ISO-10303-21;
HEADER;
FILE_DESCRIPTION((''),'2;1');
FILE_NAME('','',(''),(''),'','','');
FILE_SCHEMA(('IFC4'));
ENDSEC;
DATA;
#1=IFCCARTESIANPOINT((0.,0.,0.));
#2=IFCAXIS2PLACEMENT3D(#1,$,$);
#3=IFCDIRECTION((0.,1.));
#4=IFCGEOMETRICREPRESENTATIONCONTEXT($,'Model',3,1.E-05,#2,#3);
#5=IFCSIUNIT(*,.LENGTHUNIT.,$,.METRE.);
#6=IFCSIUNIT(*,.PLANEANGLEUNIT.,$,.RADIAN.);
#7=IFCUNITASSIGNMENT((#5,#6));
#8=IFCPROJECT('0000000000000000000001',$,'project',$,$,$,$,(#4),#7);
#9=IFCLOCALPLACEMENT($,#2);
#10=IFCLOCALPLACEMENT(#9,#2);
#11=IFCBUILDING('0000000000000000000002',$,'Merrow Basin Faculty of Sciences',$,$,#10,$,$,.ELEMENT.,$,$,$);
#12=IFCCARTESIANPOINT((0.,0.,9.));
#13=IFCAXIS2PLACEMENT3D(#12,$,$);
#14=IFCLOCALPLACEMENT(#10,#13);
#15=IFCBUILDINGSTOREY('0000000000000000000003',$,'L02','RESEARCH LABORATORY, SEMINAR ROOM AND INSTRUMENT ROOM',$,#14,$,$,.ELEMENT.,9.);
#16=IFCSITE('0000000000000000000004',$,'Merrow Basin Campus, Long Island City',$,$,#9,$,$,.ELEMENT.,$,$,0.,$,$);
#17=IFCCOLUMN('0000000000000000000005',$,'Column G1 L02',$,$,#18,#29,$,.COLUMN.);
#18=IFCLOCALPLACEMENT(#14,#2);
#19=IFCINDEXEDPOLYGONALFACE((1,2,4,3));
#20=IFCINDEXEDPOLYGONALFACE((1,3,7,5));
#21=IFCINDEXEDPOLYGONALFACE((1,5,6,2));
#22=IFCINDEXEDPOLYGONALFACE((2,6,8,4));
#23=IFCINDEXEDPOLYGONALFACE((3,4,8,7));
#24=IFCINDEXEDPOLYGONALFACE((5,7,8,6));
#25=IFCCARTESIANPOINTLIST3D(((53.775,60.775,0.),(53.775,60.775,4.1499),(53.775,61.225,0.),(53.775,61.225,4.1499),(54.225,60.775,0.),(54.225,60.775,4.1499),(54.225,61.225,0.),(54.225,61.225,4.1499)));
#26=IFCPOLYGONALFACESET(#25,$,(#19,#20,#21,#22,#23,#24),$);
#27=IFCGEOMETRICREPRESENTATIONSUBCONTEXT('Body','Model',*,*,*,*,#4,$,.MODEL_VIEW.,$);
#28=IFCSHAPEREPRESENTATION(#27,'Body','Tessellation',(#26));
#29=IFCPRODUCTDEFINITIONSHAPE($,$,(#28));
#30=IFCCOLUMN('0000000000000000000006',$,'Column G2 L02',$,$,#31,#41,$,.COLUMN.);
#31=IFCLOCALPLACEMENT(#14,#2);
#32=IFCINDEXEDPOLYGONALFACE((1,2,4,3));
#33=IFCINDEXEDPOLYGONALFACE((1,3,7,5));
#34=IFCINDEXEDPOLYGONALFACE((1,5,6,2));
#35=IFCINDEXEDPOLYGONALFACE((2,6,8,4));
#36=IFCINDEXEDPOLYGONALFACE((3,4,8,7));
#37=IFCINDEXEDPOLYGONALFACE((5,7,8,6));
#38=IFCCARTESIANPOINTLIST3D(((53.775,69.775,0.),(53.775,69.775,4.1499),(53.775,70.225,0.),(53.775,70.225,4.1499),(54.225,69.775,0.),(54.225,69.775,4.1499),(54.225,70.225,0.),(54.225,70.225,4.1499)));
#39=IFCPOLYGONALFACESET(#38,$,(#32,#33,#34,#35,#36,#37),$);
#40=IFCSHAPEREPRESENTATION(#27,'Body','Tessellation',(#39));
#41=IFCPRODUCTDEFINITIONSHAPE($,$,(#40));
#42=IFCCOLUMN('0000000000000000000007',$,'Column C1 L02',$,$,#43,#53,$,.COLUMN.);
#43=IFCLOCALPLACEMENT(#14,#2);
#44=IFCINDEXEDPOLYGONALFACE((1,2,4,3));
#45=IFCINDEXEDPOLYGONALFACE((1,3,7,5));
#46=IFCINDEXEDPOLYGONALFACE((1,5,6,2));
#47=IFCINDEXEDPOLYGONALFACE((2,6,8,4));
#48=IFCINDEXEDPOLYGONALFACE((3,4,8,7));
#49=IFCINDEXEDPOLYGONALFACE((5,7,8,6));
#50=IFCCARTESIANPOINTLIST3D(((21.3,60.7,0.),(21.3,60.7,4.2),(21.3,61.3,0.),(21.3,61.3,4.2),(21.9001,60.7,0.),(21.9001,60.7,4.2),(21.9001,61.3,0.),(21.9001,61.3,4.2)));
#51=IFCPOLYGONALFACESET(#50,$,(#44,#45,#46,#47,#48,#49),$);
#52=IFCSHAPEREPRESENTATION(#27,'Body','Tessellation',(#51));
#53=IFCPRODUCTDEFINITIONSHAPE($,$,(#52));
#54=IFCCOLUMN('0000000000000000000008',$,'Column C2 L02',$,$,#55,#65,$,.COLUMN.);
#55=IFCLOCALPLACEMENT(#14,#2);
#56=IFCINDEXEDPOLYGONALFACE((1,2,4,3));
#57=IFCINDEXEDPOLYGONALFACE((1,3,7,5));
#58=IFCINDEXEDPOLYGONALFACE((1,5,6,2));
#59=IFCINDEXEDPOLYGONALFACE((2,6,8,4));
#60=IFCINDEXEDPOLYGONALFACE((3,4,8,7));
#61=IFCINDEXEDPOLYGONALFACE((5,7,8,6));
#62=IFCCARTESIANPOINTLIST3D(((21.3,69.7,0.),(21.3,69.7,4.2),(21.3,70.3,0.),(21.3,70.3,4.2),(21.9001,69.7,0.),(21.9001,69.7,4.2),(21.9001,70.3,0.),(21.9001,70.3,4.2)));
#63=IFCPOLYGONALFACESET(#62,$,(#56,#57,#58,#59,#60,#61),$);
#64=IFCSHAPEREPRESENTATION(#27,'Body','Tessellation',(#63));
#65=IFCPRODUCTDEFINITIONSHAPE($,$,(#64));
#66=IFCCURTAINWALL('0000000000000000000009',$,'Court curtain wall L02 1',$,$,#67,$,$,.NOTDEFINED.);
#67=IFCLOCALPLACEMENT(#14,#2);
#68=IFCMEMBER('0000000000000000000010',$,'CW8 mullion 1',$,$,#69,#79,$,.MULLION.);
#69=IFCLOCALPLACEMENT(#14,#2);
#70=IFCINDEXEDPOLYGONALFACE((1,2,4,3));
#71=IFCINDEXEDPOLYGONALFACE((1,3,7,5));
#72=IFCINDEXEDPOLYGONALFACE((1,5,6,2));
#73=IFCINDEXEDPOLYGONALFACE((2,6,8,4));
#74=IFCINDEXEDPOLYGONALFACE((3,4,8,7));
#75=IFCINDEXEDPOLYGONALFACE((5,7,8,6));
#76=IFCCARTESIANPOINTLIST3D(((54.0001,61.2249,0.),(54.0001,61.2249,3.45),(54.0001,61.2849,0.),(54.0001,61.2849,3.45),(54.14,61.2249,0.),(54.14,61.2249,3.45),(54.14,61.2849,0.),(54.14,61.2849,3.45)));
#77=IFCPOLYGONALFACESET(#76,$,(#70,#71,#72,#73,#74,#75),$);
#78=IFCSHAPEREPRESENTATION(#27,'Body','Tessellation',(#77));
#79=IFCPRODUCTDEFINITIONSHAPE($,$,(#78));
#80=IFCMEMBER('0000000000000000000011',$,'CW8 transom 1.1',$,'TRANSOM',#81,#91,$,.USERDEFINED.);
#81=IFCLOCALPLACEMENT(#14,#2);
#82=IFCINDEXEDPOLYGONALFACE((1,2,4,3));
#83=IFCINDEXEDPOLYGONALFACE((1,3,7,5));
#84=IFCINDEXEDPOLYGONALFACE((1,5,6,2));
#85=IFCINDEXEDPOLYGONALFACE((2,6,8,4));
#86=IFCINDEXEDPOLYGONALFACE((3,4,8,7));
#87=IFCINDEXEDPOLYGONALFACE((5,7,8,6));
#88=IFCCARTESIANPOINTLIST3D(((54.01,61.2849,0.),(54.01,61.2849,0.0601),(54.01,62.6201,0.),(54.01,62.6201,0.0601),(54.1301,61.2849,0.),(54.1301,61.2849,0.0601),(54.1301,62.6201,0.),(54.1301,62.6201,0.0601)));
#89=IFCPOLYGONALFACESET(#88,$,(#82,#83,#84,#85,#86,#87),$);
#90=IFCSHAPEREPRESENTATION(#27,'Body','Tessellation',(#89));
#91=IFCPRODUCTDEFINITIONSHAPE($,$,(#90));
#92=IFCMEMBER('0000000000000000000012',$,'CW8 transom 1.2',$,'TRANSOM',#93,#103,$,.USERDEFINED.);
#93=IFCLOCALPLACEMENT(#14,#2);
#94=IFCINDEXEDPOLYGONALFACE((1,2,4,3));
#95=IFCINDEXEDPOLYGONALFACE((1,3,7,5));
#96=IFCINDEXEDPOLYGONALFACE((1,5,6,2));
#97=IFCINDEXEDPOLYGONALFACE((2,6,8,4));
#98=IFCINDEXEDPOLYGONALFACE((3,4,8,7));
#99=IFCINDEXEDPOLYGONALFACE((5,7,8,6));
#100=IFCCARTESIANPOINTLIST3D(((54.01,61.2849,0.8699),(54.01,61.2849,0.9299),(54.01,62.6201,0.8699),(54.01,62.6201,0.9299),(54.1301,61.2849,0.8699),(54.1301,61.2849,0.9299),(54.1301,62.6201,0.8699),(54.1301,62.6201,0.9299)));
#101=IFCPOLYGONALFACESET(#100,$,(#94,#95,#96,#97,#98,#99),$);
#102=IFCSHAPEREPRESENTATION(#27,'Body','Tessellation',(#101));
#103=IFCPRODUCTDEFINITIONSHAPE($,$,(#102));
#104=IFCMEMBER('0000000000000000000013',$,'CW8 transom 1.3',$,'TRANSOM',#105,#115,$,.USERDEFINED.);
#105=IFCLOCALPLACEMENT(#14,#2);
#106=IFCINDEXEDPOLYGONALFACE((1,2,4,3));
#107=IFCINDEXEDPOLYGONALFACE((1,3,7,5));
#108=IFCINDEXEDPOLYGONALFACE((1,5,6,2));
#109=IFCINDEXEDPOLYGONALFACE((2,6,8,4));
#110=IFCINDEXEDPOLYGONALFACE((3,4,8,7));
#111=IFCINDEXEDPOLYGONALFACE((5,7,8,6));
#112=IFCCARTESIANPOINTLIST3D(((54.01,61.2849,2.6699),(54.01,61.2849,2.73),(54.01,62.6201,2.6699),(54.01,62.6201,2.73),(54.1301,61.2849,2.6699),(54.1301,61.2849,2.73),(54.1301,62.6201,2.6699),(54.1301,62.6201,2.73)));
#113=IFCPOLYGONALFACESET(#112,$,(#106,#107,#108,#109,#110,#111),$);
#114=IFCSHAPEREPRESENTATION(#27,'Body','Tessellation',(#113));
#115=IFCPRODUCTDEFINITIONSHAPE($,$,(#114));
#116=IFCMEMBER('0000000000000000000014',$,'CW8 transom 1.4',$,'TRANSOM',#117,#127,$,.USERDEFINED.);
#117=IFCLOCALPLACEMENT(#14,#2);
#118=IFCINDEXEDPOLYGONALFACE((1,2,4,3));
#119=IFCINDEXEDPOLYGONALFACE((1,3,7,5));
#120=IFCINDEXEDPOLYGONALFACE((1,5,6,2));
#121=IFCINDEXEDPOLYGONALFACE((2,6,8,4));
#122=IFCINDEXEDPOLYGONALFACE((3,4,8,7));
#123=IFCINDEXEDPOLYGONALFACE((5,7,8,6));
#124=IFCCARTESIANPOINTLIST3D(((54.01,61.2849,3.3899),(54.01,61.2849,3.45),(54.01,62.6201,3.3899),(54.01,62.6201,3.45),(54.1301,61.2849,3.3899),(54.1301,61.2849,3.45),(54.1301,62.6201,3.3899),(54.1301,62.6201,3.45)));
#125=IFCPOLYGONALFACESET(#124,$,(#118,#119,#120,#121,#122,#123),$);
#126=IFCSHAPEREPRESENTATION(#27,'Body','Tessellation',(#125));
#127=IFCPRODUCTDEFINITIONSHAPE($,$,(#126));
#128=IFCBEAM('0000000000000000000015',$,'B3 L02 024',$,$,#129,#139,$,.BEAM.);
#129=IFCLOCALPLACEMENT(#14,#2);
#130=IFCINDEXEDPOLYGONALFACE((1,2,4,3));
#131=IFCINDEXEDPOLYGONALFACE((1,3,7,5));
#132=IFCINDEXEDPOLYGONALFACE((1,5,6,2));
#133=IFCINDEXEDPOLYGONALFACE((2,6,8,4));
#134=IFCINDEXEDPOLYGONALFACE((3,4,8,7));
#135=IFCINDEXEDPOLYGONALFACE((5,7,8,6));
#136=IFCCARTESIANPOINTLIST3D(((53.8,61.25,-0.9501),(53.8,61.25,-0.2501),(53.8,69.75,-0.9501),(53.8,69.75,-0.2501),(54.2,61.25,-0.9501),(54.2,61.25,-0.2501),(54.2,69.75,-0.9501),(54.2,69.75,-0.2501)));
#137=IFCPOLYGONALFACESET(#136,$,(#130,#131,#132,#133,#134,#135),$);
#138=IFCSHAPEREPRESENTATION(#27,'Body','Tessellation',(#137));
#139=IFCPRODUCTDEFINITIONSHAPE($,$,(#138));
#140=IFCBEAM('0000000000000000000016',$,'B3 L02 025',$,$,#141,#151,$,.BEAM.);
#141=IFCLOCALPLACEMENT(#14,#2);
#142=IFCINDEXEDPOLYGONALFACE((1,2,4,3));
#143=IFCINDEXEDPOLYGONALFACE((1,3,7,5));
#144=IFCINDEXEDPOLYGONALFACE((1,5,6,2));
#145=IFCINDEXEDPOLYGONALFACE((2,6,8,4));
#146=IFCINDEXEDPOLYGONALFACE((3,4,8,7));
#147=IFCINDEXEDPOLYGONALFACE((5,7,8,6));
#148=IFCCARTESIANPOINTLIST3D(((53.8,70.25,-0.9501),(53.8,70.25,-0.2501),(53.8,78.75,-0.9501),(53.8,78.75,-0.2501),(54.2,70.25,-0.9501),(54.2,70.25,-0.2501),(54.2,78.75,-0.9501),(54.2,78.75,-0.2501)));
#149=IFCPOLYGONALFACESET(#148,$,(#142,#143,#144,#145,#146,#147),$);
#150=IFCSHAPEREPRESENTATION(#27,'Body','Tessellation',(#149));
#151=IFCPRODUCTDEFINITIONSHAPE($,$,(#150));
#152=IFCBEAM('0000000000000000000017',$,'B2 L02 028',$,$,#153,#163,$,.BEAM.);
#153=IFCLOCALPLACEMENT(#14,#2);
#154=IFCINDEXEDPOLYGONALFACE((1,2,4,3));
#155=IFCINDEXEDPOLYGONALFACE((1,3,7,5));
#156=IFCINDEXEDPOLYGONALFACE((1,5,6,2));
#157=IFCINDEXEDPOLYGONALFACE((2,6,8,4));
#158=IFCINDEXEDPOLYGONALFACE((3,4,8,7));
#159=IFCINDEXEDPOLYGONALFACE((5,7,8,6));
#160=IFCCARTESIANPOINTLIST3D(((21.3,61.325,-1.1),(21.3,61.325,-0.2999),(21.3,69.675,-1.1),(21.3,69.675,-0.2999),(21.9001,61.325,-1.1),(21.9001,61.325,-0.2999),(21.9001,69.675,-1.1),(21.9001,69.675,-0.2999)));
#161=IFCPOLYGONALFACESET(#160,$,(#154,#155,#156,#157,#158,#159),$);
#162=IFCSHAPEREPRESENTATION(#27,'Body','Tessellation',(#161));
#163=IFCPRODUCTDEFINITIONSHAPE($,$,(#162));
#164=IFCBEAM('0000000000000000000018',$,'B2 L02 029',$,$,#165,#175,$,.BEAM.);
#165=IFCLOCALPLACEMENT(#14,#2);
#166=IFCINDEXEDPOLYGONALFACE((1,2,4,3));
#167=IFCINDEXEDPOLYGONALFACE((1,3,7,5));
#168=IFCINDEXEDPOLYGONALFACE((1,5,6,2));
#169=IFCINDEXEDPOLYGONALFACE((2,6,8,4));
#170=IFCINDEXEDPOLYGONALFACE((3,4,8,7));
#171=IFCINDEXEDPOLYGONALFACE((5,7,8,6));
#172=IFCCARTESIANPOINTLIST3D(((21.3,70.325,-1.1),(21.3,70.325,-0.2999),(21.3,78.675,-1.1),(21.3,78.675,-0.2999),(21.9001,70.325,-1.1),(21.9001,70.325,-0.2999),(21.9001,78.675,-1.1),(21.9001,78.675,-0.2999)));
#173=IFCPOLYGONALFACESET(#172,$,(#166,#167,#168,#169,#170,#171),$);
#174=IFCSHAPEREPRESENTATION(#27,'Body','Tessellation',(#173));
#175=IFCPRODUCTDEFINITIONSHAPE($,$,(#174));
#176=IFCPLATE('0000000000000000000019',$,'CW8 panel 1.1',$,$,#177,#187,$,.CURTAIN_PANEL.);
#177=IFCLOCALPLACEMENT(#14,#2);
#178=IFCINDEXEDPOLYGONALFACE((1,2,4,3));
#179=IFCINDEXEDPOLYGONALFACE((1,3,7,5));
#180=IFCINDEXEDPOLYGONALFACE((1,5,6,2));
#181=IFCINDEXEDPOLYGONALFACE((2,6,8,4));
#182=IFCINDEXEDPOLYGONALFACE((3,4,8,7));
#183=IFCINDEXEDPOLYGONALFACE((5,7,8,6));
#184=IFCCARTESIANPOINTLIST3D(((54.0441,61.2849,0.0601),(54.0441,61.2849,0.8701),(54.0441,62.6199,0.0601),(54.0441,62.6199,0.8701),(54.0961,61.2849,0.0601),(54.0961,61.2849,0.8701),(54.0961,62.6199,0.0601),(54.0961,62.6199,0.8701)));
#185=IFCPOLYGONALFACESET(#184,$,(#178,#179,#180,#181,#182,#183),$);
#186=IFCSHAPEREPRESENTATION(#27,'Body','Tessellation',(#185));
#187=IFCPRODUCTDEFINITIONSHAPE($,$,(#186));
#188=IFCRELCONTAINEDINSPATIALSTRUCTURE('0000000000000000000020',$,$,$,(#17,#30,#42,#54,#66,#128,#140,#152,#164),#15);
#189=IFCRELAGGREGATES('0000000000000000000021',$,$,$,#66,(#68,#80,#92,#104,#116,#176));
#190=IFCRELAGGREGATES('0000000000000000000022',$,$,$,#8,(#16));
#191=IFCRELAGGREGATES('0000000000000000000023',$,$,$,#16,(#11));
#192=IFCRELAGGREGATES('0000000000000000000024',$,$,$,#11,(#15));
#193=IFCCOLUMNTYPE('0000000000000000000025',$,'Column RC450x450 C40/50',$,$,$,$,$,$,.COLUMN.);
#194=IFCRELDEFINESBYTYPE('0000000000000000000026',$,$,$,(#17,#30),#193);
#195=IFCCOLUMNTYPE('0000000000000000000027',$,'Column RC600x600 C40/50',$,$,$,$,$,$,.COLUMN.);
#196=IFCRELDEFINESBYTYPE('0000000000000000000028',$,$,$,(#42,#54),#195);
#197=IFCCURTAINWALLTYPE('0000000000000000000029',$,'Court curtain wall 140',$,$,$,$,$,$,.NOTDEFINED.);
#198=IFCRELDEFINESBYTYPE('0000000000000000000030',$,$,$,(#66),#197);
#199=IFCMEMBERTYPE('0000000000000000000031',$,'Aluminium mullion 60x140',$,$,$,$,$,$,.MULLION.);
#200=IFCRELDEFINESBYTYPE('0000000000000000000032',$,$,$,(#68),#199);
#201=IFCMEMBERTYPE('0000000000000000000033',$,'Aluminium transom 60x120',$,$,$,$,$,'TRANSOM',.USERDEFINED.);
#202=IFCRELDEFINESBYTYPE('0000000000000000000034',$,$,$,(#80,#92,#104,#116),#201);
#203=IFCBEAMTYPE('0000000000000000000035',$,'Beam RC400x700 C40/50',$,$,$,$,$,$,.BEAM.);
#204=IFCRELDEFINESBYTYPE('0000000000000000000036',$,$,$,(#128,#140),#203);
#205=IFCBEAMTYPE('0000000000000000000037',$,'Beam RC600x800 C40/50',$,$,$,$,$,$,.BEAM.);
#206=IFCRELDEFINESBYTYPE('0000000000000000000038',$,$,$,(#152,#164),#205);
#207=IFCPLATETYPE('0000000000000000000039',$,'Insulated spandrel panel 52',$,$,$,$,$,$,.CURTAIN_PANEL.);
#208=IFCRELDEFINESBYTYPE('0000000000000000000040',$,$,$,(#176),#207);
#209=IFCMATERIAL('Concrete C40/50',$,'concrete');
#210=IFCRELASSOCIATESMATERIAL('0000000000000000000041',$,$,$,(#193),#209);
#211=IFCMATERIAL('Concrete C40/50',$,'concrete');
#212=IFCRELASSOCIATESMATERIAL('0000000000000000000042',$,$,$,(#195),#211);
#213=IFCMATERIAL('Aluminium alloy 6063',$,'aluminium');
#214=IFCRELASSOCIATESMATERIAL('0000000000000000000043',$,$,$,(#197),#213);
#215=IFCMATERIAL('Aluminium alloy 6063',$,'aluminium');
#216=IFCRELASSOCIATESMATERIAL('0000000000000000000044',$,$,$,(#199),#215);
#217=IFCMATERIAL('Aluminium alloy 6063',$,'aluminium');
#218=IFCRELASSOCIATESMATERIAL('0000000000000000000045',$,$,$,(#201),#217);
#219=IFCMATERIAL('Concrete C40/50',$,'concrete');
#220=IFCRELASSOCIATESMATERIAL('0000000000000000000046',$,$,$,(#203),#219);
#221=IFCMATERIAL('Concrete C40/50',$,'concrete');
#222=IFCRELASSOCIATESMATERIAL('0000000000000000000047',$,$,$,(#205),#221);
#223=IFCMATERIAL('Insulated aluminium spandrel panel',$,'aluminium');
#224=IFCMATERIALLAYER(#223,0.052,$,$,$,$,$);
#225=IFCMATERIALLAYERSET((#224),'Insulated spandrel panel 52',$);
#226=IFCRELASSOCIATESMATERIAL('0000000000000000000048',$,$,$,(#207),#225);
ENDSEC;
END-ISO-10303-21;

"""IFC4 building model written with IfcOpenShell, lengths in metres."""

from ifc_helpers import new_model, si_unit, direction, frame, origin, origin_2d, place, context, subcontext, project, spatial, rectangle, extrude, material, layer, layer_set, material_profile, profile_set, type_object, element, aggregate, save


model = new_model("IFC4")

# Units and contexts
model_context = context("Model", 3, precision=1e-05, world=origin(), true_north=direction((0.0, 1.0)))
body_context = subcontext(model_context, "Body", "Model", "MODEL_VIEW")
ifc_project = project(units=[si_unit("LENGTHUNIT", "METRE"), si_unit("PLANEANGLEUNIT", "RADIAN")], contexts=[model_context])

# Site, building, storey
site_placement = place(None, origin())
site = spatial("IfcSite", under=ifc_project, at=site_placement, Name="Merrow Basin Campus, Long Island City", CompositionType="ELEMENT", RefElevation=0.0)
building_placement = place(site_placement, origin())
building = spatial("IfcBuilding", under=site, at=building_placement, Name="Merrow Basin Faculty of Sciences", CompositionType="ELEMENT")
storey_placement = place(building_placement, frame((0.0, 0.0, 9.0)))
storey = spatial("IfcBuildingStorey", under=building, at=storey_placement, Name="L02", Description="RESEARCH LABORATORY, SEMINAR ROOM AND INSTRUMENT ROOM", CompositionType="ELEMENT", Elevation=9.0)

# Columns
ifc_material_1 = material(Name="Concrete C40/50", Category="concrete")
ifc_material_profile_1 = material_profile(ifc_material_1, rectangle(XDim=0.45, YDim=0.45, at=origin_2d()))
ifc_profile_set_1 = profile_set([ifc_material_profile_1], Name="Concrete C40/50")
column_type_1 = type_object("IfcColumnType", Name="Column RC450x450 C40/50", PredefinedType="COLUMN", material=ifc_profile_set_1)
for number, where, z_axis, x_axis, name in (
    (1, (54.0, 61.0, 0.0), (0.0, 0.0, 1.0), (1.0, 0.0, 0.0), "Column G1 L02"),
    (2, (54.0, 70.0, 0.0), (0.0, 0.0, 1.0), (1.0, 0.0, 0.0), "Column G2 L02"),
):
    element("IfcColumn", number, at=place(storey_placement, frame(where, z_axis=z_axis, x_axis=x_axis)), inside=storey, type_object=column_type_1, Name=name, PredefinedType="COLUMN", context=body_context, shape_type="SweptSolid", body=[
        extrude(rectangle(XDim=0.45, YDim=0.45, at=origin_2d()), origin(), (0.0, 0.0, 1.0), 4.1499),
    ])
ifc_material_2 = material(Name="Concrete C40/50", Category="concrete")
ifc_material_profile_2 = material_profile(ifc_material_2, rectangle(XDim=0.6001, YDim=0.6001, at=origin_2d()))
ifc_profile_set_2 = profile_set([ifc_material_profile_2], Name="Concrete C40/50")
column_type_2 = type_object("IfcColumnType", Name="Column RC600x600 C40/50", PredefinedType="COLUMN", material=ifc_profile_set_2)
for number, where, z_axis, x_axis, name in (
    (3, (21.6001, 61.0, 0.0), (0.0, 0.0, 1.0), (1.0, 0.0, 0.0), "Column C1 L02"),
    (4, (21.6001, 70.0, 0.0), (0.0, 0.0, 1.0), (1.0, 0.0, 0.0), "Column C2 L02"),
):
    element("IfcColumn", number, at=place(storey_placement, frame(where, z_axis=z_axis, x_axis=x_axis)), inside=storey, type_object=column_type_2, Name=name, PredefinedType="COLUMN", context=body_context, shape_type="SweptSolid", body=[
        extrude(rectangle(XDim=0.6001, YDim=0.6001, at=origin_2d()), origin(), (0.0, 0.0, 1.0), 4.2),
    ])

# Curtain wall, members
ifc_material_3 = material(Name="Aluminium alloy 6063", Category="aluminium")
curtain_wall_type = type_object("IfcCurtainWallType", Name="Court curtain wall 140", PredefinedType="NOTDEFINED", material=ifc_material_3)
curtain_wall_placement = place(storey_placement, origin())
curtain_wall = element("IfcCurtainWall", 5, at=curtain_wall_placement, inside=storey, type_object=curtain_wall_type, Name="Court curtain wall L02 1", PredefinedType="NOTDEFINED")
ifc_material_4 = material(Name="Aluminium alloy 6063", Category="aluminium")
ifc_material_profile_3 = material_profile(ifc_material_4, rectangle(XDim=0.1399, YDim=0.0601, at=origin_2d()))
ifc_profile_set_3 = profile_set([ifc_material_profile_3], Name="Aluminium alloy 6063")
member_type_1 = type_object("IfcMemberType", Name="Aluminium mullion 60x140", PredefinedType="MULLION", material=ifc_profile_set_3)
member_1_placement = place(storey_placement, frame((54.0701, 61.2549, 0.0), z_axis=(0.0, 0.0, 1.0), x_axis=(-1.0, 0.0, 0.0)))
member_1 = element("IfcMember", 6, at=member_1_placement, type_object=member_type_1, Name="CW8 mullion 1", PredefinedType="MULLION", context=body_context, shape_type="SweptSolid", body=[
    extrude(rectangle(XDim=0.1399, YDim=0.0601, at=origin_2d()), origin(), (0.0, 0.0, 1.0), 3.45),
])
ifc_material_5 = material(Name="Aluminium alloy 6063", Category="aluminium")
ifc_material_profile_4 = material_profile(ifc_material_5, rectangle(XDim=0.1201, YDim=0.0601, at=origin_2d()))
ifc_profile_set_4 = profile_set([ifc_material_profile_4], Name="Aluminium alloy 6063")
member_type_2 = type_object("IfcMemberType", Name="Aluminium transom 60x120", ElementType="TRANSOM", PredefinedType="USERDEFINED", material=ifc_profile_set_4)
member_2_placement = place(storey_placement, frame((54.0701, 61.2849, 0.03), z_axis=(0.0, 1.0, 0.0), x_axis=(-1.0, 0.0, 0.0)))
member_2 = element("IfcMember", 7, at=member_2_placement, type_object=member_type_2, Name="CW8 transom 1.1", ObjectType="TRANSOM", PredefinedType="USERDEFINED", context=body_context, shape_type="SweptSolid", body=[
    extrude(rectangle(XDim=0.1201, YDim=0.0601, at=origin_2d()), origin(), (0.0, 0.0, 1.0), 1.3352),
])
member_3_placement = place(storey_placement, frame((54.0701, 61.2849, 0.8999), z_axis=(0.0, 1.0, 0.0), x_axis=(-1.0, 0.0, 0.0)))
member_3 = element("IfcMember", 8, at=member_3_placement, type_object=member_type_2, Name="CW8 transom 1.2", ObjectType="TRANSOM", PredefinedType="USERDEFINED", context=body_context, shape_type="SweptSolid", body=[
    extrude(rectangle(XDim=0.1201, YDim=0.0601, at=origin_2d()), origin(), (0.0, 0.0, 1.0), 1.3352),
])
member_4_placement = place(storey_placement, frame((54.0701, 61.2849, 2.7), z_axis=(0.0, 1.0, 0.0), x_axis=(-1.0, 0.0, 0.0)))
member_4 = element("IfcMember", 9, at=member_4_placement, type_object=member_type_2, Name="CW8 transom 1.3", ObjectType="TRANSOM", PredefinedType="USERDEFINED", context=body_context, shape_type="SweptSolid", body=[
    extrude(rectangle(XDim=0.1201, YDim=0.0601, at=origin_2d()), origin(), (0.0, 0.0, 1.0), 1.3352),
])
member_5_placement = place(storey_placement, frame((54.0701, 61.2849, 3.4199), z_axis=(0.0, 1.0, 0.0), x_axis=(-1.0, 0.0, 0.0)))
member_5 = element("IfcMember", 10, at=member_5_placement, type_object=member_type_2, Name="CW8 transom 1.4", ObjectType="TRANSOM", PredefinedType="USERDEFINED", context=body_context, shape_type="SweptSolid", body=[
    extrude(rectangle(XDim=0.1201, YDim=0.0601, at=origin_2d()), origin(), (0.0, 0.0, 1.0), 1.3352),
])

# Beams
ifc_material_6 = material(Name="Concrete C40/50", Category="concrete")
ifc_material_profile_5 = material_profile(ifc_material_6, rectangle(XDim=0.3999, YDim=0.7, at=origin_2d()))
ifc_profile_set_5 = profile_set([ifc_material_profile_5], Name="Concrete C40/50")
beam_type_1 = type_object("IfcBeamType", Name="Beam RC400x700 C40/50", PredefinedType="BEAM", material=ifc_profile_set_5)
for number, where, z_axis, x_axis, name in (
    (11, (54.0, 61.25, -0.6001), (0.0, 1.0, 0.0), (-1.0, 0.0, 0.0), "B3 L02 024"),
    (12, (54.0, 70.25, -0.6001), (0.0, 1.0, 0.0), (-1.0, 0.0, 0.0), "B3 L02 025"),
):
    element("IfcBeam", number, at=place(storey_placement, frame(where, z_axis=z_axis, x_axis=x_axis)), inside=storey, type_object=beam_type_1, Name=name, PredefinedType="BEAM", context=body_context, shape_type="SweptSolid", body=[
        extrude(rectangle(XDim=0.3999, YDim=0.7, at=origin_2d()), origin(), (0.0, 0.0, 1.0), 8.5),
    ])
ifc_material_7 = material(Name="Concrete C40/50", Category="concrete")
ifc_material_profile_6 = material_profile(ifc_material_7, rectangle(XDim=0.6001, YDim=0.8, at=origin_2d()))
ifc_profile_set_6 = profile_set([ifc_material_profile_6], Name="Concrete C40/50")
beam_type_2 = type_object("IfcBeamType", Name="Beam RC600x800 C40/50", PredefinedType="BEAM", material=ifc_profile_set_6)
for number, where, z_axis, x_axis, name in (
    (13, (21.6001, 61.325, -0.7), (0.0, 1.0, 0.0), (-1.0, 0.0, 0.0), "B2 L02 028"),
    (14, (21.6001, 70.325, -0.7), (0.0, 1.0, 0.0), (-1.0, 0.0, 0.0), "B2 L02 029"),
):
    element("IfcBeam", number, at=place(storey_placement, frame(where, z_axis=z_axis, x_axis=x_axis)), inside=storey, type_object=beam_type_2, Name=name, PredefinedType="BEAM", context=body_context, shape_type="SweptSolid", body=[
        extrude(rectangle(XDim=0.6001, YDim=0.8, at=origin_2d()), origin(), (0.0, 0.0, 1.0), 8.3501),
    ])

# Plate
ifc_material_8 = material(Name="Insulated aluminium spandrel panel", Category="aluminium")
ifc_layer_1 = layer(ifc_material_8, 0.052)
ifc_layer_set_1 = layer_set([ifc_layer_1], Name="Insulated spandrel panel 52")
plate_type_1 = type_object("IfcPlateType", Name="Insulated spandrel panel 52", PredefinedType="CURTAIN_PANEL", material=ifc_layer_set_1)
plate_1_placement = place(storey_placement, frame((54.0701, 61.9524, 0.0601), z_axis=(0.0, 0.0, 1.0), x_axis=(0.0, 1.0, 0.0)))
plate_1 = element("IfcPlate", 15, at=plate_1_placement, type_object=plate_type_1, Name="CW8 panel 1.1", PredefinedType="CURTAIN_PANEL", context=body_context, shape_type="SweptSolid", body=[
    extrude(rectangle(XDim=1.335, YDim=0.052, at=origin_2d()), origin(), (0.0, 0.0, 1.0), 0.8101),
])
aggregate(curtain_wall, [member_1, member_2, member_3, member_4, member_5, plate_1])

save(model, "model.ifc")
